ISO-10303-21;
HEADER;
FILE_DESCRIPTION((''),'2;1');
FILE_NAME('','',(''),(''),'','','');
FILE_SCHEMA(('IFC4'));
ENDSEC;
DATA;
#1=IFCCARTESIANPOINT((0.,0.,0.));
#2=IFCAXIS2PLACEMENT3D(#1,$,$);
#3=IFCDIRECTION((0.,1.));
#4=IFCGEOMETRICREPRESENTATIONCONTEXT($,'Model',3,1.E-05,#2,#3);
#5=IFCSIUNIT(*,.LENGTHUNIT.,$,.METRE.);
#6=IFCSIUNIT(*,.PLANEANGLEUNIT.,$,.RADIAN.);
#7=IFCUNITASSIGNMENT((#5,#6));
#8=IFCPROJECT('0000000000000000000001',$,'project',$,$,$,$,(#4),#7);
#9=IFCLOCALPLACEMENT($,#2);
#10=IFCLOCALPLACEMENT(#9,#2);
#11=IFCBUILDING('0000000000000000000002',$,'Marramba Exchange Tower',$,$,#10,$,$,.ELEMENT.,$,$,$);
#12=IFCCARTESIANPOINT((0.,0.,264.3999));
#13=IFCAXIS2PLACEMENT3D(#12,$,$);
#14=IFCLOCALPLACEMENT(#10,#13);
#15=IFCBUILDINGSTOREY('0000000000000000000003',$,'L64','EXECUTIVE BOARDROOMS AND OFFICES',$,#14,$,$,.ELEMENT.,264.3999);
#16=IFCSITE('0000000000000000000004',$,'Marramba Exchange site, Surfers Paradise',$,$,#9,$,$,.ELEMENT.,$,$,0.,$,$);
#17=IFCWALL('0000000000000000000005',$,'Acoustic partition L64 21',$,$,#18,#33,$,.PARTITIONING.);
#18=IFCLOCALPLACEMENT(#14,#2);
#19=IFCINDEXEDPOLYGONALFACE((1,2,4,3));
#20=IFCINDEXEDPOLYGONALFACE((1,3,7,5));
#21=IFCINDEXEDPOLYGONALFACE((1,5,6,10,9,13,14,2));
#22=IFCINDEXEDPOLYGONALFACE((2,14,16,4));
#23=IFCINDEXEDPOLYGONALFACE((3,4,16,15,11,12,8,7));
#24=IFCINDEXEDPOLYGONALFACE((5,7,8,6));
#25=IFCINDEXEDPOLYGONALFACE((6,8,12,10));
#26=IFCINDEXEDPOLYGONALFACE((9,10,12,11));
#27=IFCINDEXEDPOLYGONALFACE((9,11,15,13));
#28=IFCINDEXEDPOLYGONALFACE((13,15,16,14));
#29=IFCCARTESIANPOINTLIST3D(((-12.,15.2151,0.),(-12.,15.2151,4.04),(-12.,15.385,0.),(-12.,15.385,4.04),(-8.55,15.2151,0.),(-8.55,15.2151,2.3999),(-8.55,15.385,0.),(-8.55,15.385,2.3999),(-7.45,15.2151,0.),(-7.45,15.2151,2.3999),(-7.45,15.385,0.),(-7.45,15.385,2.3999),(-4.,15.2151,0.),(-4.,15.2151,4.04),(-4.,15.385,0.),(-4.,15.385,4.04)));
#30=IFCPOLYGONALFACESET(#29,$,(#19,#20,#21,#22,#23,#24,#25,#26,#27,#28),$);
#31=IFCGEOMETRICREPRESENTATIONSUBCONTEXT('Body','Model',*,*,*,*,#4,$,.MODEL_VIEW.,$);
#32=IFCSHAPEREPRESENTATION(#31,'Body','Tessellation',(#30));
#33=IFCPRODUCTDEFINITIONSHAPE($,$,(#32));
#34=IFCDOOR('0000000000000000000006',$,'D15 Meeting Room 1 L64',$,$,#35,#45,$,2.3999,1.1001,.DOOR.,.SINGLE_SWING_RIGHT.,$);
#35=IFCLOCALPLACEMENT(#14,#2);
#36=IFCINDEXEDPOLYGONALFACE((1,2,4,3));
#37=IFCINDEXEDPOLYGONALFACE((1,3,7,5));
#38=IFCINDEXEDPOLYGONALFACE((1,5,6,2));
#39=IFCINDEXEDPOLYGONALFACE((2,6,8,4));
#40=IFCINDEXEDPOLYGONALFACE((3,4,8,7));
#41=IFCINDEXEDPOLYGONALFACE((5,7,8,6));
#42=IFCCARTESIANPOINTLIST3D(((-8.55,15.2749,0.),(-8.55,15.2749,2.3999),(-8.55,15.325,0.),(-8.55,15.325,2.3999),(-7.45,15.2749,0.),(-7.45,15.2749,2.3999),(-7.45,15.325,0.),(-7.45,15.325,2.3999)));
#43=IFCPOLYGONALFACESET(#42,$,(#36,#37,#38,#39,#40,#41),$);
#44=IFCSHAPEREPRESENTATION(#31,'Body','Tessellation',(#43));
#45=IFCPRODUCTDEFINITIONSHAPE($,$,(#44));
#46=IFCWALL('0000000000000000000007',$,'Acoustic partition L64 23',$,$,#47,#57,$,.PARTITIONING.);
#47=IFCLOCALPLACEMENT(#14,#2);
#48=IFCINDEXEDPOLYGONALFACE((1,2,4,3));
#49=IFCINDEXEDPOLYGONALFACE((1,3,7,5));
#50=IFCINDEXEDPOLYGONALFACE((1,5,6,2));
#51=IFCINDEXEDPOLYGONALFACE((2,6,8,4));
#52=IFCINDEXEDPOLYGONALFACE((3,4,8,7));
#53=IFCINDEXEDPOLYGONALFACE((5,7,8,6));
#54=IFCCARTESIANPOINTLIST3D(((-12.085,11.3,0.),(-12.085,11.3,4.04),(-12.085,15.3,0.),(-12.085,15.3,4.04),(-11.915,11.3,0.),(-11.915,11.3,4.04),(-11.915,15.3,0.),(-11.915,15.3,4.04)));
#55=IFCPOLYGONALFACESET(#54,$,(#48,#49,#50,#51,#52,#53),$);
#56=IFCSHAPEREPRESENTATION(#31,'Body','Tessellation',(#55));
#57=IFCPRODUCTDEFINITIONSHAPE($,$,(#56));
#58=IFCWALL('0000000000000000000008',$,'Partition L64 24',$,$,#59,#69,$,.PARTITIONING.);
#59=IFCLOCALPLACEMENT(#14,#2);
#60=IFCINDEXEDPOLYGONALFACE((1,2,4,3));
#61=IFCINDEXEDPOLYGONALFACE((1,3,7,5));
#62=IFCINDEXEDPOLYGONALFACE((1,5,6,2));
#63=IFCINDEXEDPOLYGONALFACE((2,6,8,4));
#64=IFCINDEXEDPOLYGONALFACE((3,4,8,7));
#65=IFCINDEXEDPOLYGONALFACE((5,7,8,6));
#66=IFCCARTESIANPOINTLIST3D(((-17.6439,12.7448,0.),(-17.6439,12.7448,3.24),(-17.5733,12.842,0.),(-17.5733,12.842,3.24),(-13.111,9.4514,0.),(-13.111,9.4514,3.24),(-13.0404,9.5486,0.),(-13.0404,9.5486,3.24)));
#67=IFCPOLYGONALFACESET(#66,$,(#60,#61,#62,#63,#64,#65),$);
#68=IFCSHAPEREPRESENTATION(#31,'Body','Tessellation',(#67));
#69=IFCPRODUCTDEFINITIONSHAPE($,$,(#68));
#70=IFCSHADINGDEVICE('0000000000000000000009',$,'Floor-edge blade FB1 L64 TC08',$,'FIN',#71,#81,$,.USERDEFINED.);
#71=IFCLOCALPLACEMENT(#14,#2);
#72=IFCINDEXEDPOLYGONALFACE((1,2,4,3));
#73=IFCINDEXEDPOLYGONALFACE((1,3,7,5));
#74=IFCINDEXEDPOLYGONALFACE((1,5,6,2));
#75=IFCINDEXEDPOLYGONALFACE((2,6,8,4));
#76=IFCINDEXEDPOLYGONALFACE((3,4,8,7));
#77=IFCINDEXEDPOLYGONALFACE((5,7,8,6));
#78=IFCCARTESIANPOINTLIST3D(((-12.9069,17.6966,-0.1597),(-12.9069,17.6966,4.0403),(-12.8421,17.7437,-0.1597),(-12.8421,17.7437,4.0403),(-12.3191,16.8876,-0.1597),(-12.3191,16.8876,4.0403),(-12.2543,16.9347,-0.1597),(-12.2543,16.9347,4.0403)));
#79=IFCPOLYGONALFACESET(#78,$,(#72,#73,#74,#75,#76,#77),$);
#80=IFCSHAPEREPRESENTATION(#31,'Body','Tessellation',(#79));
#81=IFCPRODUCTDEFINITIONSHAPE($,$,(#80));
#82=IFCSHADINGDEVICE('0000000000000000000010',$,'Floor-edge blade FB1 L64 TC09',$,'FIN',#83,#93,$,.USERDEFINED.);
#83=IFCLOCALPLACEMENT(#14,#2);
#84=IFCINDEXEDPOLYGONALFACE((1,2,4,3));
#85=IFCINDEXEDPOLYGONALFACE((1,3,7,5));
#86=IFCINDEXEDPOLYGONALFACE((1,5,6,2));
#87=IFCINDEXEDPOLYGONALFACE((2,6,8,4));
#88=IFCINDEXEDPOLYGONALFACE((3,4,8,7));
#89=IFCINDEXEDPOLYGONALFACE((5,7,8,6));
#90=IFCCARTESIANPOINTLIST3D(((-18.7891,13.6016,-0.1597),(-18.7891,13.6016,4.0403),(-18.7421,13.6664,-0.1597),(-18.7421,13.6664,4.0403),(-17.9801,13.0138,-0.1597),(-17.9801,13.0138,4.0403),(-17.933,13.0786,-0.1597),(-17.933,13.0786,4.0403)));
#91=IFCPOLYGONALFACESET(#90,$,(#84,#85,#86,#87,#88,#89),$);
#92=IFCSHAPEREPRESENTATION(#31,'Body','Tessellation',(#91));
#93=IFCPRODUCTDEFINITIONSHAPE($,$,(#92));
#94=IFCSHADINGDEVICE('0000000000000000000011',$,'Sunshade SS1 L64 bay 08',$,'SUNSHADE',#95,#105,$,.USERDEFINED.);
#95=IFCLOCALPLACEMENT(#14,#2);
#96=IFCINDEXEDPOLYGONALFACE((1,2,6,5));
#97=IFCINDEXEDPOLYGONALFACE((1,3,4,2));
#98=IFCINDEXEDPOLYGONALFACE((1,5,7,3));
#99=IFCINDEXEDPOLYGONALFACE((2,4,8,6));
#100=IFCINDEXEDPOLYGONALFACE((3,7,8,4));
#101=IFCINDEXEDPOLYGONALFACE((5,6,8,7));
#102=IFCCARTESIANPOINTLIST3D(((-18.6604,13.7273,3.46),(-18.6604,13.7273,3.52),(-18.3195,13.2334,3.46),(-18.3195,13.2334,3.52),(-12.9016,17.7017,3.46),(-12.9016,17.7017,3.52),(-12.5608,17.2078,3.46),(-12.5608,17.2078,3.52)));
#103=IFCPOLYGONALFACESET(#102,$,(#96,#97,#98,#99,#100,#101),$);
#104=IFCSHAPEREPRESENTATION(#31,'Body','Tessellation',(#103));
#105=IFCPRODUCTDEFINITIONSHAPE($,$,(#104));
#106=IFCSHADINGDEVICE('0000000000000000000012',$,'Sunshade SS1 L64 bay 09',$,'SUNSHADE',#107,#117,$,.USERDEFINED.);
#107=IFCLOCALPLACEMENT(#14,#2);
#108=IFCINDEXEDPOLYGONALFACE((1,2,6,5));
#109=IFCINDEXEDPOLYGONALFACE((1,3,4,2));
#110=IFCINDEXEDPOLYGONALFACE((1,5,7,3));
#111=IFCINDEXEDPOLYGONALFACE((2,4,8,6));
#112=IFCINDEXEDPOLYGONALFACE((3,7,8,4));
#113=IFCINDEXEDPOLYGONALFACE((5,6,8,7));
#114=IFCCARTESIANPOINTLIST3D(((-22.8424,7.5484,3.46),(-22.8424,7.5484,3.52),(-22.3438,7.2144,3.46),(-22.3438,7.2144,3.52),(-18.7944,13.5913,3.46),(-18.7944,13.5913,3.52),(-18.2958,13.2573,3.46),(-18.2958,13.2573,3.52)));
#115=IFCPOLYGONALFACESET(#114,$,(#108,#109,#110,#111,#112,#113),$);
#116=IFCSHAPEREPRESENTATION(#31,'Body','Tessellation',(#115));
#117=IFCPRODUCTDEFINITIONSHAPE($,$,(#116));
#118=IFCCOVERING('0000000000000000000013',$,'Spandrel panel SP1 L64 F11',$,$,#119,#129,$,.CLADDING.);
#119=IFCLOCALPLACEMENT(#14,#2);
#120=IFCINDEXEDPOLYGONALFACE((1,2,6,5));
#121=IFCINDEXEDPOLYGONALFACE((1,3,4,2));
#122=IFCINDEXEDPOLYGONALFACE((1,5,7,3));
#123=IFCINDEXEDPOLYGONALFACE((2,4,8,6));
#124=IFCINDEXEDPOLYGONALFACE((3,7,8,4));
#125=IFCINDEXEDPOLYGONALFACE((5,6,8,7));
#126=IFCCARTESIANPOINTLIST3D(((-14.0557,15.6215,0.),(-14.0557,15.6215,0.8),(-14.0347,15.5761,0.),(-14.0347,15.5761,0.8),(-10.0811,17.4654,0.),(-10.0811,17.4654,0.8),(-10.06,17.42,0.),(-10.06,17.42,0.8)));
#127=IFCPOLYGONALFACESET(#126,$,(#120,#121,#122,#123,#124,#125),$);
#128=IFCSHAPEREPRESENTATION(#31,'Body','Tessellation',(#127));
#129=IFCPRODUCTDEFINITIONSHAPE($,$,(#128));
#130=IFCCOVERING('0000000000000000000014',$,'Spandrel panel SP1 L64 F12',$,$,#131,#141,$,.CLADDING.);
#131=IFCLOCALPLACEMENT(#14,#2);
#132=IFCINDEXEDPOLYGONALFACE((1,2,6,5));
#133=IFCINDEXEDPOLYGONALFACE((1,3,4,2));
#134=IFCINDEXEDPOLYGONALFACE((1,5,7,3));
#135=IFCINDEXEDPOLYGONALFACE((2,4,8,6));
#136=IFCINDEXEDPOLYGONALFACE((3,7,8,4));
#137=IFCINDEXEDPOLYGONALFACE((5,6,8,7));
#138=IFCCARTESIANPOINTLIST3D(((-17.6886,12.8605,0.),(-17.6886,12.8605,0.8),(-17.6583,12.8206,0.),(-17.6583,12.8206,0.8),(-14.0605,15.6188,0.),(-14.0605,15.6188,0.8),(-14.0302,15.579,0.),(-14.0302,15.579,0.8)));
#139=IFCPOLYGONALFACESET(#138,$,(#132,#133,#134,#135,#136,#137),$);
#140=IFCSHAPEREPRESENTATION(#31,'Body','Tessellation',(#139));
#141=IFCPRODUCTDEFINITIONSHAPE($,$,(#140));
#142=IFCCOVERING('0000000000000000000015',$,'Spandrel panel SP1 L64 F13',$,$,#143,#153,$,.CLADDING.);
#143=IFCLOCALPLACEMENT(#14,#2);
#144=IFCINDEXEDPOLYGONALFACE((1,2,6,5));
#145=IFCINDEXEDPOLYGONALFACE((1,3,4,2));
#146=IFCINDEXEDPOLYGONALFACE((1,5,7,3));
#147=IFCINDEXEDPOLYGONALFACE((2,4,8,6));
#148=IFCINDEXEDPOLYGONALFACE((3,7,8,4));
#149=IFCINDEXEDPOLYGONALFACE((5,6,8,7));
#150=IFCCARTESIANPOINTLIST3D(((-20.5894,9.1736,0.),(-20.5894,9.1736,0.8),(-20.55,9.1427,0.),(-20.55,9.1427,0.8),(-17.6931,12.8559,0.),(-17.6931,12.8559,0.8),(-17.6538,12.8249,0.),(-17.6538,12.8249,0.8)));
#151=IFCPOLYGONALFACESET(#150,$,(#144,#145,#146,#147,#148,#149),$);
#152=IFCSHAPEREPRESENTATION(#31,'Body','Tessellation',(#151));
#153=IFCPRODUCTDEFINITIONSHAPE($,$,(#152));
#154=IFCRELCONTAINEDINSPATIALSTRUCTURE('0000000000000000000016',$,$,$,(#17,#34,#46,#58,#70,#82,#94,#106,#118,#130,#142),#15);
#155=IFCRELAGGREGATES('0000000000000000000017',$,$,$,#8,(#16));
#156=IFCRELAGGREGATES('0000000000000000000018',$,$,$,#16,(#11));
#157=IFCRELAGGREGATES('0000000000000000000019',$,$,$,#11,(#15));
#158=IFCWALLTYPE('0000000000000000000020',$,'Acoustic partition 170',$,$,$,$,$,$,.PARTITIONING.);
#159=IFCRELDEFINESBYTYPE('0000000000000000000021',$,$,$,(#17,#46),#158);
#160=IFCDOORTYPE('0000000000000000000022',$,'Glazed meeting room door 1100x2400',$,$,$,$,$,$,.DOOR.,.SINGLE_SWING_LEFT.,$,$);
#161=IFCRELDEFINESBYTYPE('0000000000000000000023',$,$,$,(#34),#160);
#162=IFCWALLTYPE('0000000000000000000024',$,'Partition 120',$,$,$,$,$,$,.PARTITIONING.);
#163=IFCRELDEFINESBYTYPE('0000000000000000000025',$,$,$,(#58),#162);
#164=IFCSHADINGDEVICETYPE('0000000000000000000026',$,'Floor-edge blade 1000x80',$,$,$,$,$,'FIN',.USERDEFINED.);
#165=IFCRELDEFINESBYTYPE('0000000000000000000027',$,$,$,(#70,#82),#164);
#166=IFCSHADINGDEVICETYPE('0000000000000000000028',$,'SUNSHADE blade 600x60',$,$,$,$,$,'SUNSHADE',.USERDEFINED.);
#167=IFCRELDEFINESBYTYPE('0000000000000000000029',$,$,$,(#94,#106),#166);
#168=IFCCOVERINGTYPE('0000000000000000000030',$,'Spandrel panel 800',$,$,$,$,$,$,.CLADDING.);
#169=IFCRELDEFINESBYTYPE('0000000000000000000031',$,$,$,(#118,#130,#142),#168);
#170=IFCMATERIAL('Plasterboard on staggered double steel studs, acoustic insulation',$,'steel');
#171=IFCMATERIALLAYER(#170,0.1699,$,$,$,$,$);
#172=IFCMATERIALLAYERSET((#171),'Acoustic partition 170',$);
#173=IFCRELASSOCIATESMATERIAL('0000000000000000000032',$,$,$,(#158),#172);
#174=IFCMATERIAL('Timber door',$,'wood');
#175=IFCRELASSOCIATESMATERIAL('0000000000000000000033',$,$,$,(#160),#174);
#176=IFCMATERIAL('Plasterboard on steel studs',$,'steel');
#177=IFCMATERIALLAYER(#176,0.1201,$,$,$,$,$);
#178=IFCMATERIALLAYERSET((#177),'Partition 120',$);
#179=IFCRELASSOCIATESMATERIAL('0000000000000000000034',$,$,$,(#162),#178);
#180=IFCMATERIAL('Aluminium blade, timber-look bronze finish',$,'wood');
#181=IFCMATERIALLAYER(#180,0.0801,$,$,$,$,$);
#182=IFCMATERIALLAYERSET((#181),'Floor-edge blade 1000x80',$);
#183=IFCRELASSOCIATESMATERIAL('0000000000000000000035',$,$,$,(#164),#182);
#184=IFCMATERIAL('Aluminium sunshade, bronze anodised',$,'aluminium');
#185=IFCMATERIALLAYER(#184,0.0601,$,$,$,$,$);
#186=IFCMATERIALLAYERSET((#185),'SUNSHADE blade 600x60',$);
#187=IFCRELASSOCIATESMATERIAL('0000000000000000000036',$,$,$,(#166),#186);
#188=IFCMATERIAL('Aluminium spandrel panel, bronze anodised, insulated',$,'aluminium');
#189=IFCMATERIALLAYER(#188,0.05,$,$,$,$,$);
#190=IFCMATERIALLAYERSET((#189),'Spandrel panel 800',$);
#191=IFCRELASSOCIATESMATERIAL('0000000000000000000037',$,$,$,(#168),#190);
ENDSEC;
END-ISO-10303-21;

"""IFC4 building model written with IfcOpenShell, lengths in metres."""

from ifc_helpers import new_model, si_unit, direction, frame, frame_2d, origin, origin_2d, place, context, subcontext, project, spatial, rectangle, extrude, material, layer, layer_set, type_object, element, fill, save


model = new_model("IFC4")

# Units and contexts
model_context = context("Model", 3, precision=1e-05, world=origin(), true_north=direction((0.0, 1.0)))
body_context = subcontext(model_context, "Body", "Model", "MODEL_VIEW")
ifc_project = project(units=[si_unit("LENGTHUNIT", "METRE"), si_unit("PLANEANGLEUNIT", "RADIAN")], contexts=[model_context])

# Site, building, storey
site_placement = place(None, origin())
site = spatial("IfcSite", under=ifc_project, at=site_placement, Name="Marramba Exchange site, Surfers Paradise", CompositionType="ELEMENT", RefElevation=0.0)
building_placement = place(site_placement, origin())
building = spatial("IfcBuilding", under=site, at=building_placement, Name="Marramba Exchange Tower", CompositionType="ELEMENT")
storey_placement = place(building_placement, frame((0.0, 0.0, 264.3999)))
storey = spatial("IfcBuildingStorey", under=building, at=storey_placement, Name="L64", Description="EXECUTIVE BOARDROOMS AND OFFICES", CompositionType="ELEMENT", Elevation=264.3999)

# Wall, opening, door
ifc_material_1 = material(Name="Plasterboard on staggered double steel studs, acoustic insulation", Category="steel")
ifc_layer_1 = layer(ifc_material_1, 0.1699)
ifc_layer_set_1 = layer_set([ifc_layer_1], Name="Acoustic partition 170")
wall_type_1 = type_object("IfcWallType", Name="Acoustic partition 170", PredefinedType="PARTITIONING", material=ifc_layer_set_1)
wall_1_placement = place(storey_placement, frame((-12.0, 15.3, 0.0), z_axis=(0.0, 0.0, 1.0), x_axis=(1.0, 0.0, 0.0)))
wall_1 = element("IfcWall", 1, at=wall_1_placement, inside=storey, type_object=wall_type_1, Name="Acoustic partition L64 21", PredefinedType="PARTITIONING", context=body_context, shape_type="SweptSolid", body=[
    extrude(rectangle(XDim=8.0, YDim=0.1699, at=frame_2d((4.0, 0.0))), origin(), (0.0, 0.0, 1.0), 4.04),
])
opening_placement = place(wall_1_placement, frame((3.45, 0.0, 0.0)))
opening = element("IfcOpeningElement", 2, at=opening_placement, cuts=wall_1, PredefinedType="OPENING", context=body_context, shape_type="SweptSolid", body=[
    extrude(rectangle(XDim=1.1001, YDim=2.3999, at=frame_2d((0.55, 1.2))), frame((0.0, 0.095, 0.0), z_axis=(0.0, -1.0, 0.0), x_axis=(1.0, 0.0, 0.0)), (0.0, 0.0, 1.0), 0.1899),
])
ifc_material_2 = material(Name="Timber door", Category="wood")
door_type = type_object("IfcDoorType", Name="Glazed meeting room door 1100x2400", OperationType="SINGLE_SWING_LEFT", PredefinedType="DOOR", material=ifc_material_2)
door_placement = place(opening_placement, frame((1.1001, 0.0, 0.0), z_axis=(0.0, 0.0, 1.0), x_axis=(-1.0, 0.0, 0.0)))
door = element("IfcDoor", 3, at=door_placement, inside=storey, type_object=door_type, Name="D15 Meeting Room 1 L64", OperationType="SINGLE_SWING_RIGHT", OverallHeight=2.3999, OverallWidth=1.1001, PredefinedType="DOOR", context=body_context, shape_type="SweptSolid", body=[
    extrude(rectangle(XDim=1.1001, YDim=2.3999, at=frame_2d((0.55, 1.2))), frame((0.0, 0.0251, 0.0), z_axis=(0.0, -1.0, 0.0), x_axis=(1.0, 0.0, 0.0)), (0.0, 0.0, 1.0), 0.05),
])
fill(opening, door)

# Walls
wall_2_placement = place(storey_placement, frame((-12.0, 11.3, 0.0), z_axis=(0.0, 0.0, 1.0), x_axis=(0.0, 1.0, 0.0)))
element("IfcWall", 4, at=wall_2_placement, inside=storey, type_object=wall_type_1, Name="Acoustic partition L64 23", PredefinedType="PARTITIONING", context=body_context, shape_type="SweptSolid", body=[
    extrude(rectangle(XDim=4.0, YDim=0.1699, at=frame_2d((2.0, 0.0))), origin(), (0.0, 0.0, 1.0), 4.04),
])
ifc_material_3 = material(Name="Plasterboard on steel studs", Category="steel")
ifc_layer_2 = layer(ifc_material_3, 0.1201)
ifc_layer_set_2 = layer_set([ifc_layer_2], Name="Partition 120")
wall_type_2 = type_object("IfcWallType", Name="Partition 120", PredefinedType="PARTITIONING", material=ifc_layer_set_2)
wall_3_placement = place(storey_placement, frame((-13.0757, 9.5, 0.0), z_axis=(0.0, 0.0, 1.0), x_axis=(-0.809011, 0.587793, 0.0)))
element("IfcWall", 5, at=wall_3_placement, inside=storey, type_object=wall_type_2, Name="Partition L64 24", PredefinedType="PARTITIONING", context=body_context, shape_type="SweptSolid", body=[
    extrude(rectangle(XDim=5.603, YDim=0.1201, at=frame_2d((2.8015, 0.0))), origin(), (0.0, 0.0, 1.0), 3.24),
])

# Shading devices
ifc_material_4 = material(Name="Aluminium blade, timber-look bronze finish", Category="wood")
ifc_layer_3 = layer(ifc_material_4, 0.0801)
ifc_layer_set_3 = layer_set([ifc_layer_3], Name="Floor-edge blade 1000x80")
shading_device_type_1 = type_object("IfcShadingDeviceType", Name="Floor-edge blade 1000x80", ElementType="FIN", PredefinedType="USERDEFINED", material=ifc_layer_set_3)
for number, where, z_axis, x_axis, name in (
    (6, (-12.5806, 17.3157, -0.1597), (0.0, 0.0, 1.0), (-0.587785, 0.809017, 0.0), "Floor-edge blade FB1 L64 TC08"),
    (7, (-18.3611, 13.3401, -0.1597), (0.0, 0.0, 1.0), (-0.809017, 0.587785, 0.0), "Floor-edge blade FB1 L64 TC09"),
):
    element("IfcShadingDevice", number, at=place(storey_placement, frame(where, z_axis=z_axis, x_axis=x_axis)), inside=storey, type_object=shading_device_type_1, Name=name, ObjectType="FIN", PredefinedType="USERDEFINED", context=body_context, shape_type="SweptSolid", body=[
        extrude(rectangle(XDim=1.0, YDim=0.0801, at=origin_2d()), origin(), (0.0, 0.0, 1.0), 4.2),
    ])
ifc_material_5 = material(Name="Aluminium sunshade, bronze anodised", Category="aluminium")
ifc_layer_4 = layer(ifc_material_5, 0.0601)
ifc_layer_set_4 = layer_set([ifc_layer_4], Name="SUNSHADE blade 600x60")
shading_device_type_2 = type_object("IfcShadingDeviceType", Name="SUNSHADE blade 600x60", ElementType="SUNSHADE", PredefinedType="USERDEFINED", material=ifc_layer_set_4)
shading_device_1_placement = place(storey_placement, frame((-15.6106, 15.4675, 3.46), z_axis=(0.0, 0.0, 1.0), x_axis=(-0.823024, -0.568006, 0.0)))
element("IfcShadingDevice", 8, at=shading_device_1_placement, inside=storey, type_object=shading_device_type_2, Name="Sunshade SS1 L64 bay 08", ObjectType="SUNSHADE", PredefinedType="USERDEFINED", context=body_context, shape_type="SweptSolid", body=[
    extrude(rectangle(XDim=6.9971, YDim=0.6001, at=origin_2d()), origin(), (0.0, 0.0, 1.0), 0.0601),
])
shading_device_2_placement = place(storey_placement, frame((-20.5691, 10.4028, 3.46), z_axis=(0.0, 0.0, 1.0), x_axis=(-0.55654, -0.830821, 0.0)))
element("IfcShadingDevice", 9, at=shading_device_2_placement, inside=storey, type_object=shading_device_type_2, Name="Sunshade SS1 L64 bay 09", ObjectType="SUNSHADE", PredefinedType="USERDEFINED", context=body_context, shape_type="SweptSolid", body=[
    extrude(rectangle(XDim=7.2734, YDim=0.6001, at=origin_2d()), origin(), (0.0, 0.0, 1.0), 0.0601),
])

# Coverings
ifc_material_6 = material(Name="Aluminium spandrel panel, bronze anodised, insulated", Category="aluminium")
ifc_layer_5 = layer(ifc_material_6, 0.05)
ifc_layer_set_5 = layer_set([ifc_layer_5], Name="Spandrel panel 800")
covering_type = type_object("IfcCoveringType", Name="Spandrel panel 800", PredefinedType="CLADDING", material=ifc_layer_set_5)
covering_1_placement = place(storey_placement, frame((-12.0579, 16.5208, 0.0), z_axis=(0.0, 0.0, 1.0), x_axis=(-0.907131, -0.420849, 0.0)))
element("IfcCovering", 10, at=covering_1_placement, inside=storey, type_object=covering_type, Name="Spandrel panel SP1 L64 F11", PredefinedType="CLADDING", context=body_context, shape_type="SweptSolid", body=[
    extrude(rectangle(XDim=4.3816, YDim=0.05, at=origin_2d()), origin(), (0.0, 0.0, 1.0), 0.8),
])
covering_2_placement = place(storey_placement, frame((-15.8594, 14.2197, 0.0), z_axis=(0.0, 0.0, 1.0), x_axis=(-0.796059, -0.605219, 0.0)))
element("IfcCovering", 11, at=covering_2_placement, inside=storey, type_object=covering_type, Name="Spandrel panel SP1 L64 F12", PredefinedType="CLADDING", context=body_context, shape_type="SweptSolid", body=[
    extrude(rectangle(XDim=4.5576, YDim=0.05, at=origin_2d()), origin(), (0.0, 0.0, 1.0), 0.8),
])
covering_3_placement = place(storey_placement, frame((-19.1216, 10.9993, 0.0), z_axis=(0.0, 0.0, 1.0), x_axis=(-0.618223, -0.786003, 0.0)))
element("IfcCovering", 12, at=covering_3_placement, inside=storey, type_object=covering_type, Name="Spandrel panel SP1 L64 F13", PredefinedType="CLADDING", context=body_context, shape_type="SweptSolid", body=[
    extrude(rectangle(XDim=4.6848, YDim=0.05, at=origin_2d()), origin(), (0.0, 0.0, 1.0), 0.8),
])

save(model, "model.ifc")
